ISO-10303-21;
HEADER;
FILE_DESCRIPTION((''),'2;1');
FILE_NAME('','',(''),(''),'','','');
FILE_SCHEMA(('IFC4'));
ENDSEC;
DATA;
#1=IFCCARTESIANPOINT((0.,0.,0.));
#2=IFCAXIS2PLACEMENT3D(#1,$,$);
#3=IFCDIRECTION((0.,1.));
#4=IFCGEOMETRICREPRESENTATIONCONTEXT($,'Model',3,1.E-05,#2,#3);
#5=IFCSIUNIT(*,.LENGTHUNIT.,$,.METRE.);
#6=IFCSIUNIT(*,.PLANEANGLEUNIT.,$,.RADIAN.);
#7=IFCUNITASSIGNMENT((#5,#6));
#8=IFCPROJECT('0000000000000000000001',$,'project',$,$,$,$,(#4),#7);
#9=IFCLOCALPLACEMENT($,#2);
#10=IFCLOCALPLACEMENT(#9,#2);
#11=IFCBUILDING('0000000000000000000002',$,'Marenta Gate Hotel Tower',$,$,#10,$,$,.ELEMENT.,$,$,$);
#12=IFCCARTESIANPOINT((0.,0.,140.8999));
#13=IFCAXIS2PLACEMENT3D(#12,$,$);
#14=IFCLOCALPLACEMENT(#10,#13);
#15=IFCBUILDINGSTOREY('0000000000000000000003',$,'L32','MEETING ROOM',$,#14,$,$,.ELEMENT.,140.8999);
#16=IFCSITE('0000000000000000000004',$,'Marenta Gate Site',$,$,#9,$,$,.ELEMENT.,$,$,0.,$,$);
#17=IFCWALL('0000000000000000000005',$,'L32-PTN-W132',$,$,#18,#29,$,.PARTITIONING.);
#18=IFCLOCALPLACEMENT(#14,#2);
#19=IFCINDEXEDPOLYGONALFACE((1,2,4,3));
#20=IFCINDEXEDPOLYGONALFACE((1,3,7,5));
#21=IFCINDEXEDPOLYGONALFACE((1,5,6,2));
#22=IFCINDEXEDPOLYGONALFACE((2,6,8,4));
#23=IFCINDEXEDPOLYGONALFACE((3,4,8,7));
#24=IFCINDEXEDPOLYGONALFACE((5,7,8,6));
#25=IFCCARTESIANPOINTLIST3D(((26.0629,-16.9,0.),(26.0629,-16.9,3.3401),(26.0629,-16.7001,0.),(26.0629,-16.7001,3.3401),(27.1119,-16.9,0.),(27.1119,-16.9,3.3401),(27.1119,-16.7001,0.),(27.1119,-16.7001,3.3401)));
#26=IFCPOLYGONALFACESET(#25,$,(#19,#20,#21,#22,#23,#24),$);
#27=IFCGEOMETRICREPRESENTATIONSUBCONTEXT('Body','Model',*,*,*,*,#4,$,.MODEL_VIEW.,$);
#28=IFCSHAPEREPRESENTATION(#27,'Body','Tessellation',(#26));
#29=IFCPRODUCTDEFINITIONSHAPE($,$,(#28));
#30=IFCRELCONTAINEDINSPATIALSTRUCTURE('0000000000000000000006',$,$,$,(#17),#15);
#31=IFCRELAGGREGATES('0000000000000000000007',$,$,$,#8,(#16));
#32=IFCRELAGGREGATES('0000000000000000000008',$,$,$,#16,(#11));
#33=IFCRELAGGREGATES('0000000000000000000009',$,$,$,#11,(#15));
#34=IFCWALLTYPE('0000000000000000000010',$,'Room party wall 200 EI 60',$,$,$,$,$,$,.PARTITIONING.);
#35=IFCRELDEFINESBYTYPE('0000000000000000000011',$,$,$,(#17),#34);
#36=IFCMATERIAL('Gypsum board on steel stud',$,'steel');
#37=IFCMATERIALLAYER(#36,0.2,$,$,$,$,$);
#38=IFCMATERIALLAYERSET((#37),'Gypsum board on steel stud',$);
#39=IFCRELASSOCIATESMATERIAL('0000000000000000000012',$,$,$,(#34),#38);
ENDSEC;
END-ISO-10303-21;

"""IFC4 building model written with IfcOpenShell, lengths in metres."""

from ifc_helpers import new_model, si_unit, direction, frame, frame_2d, origin, place, context, subcontext, project, spatial, rectangle, extrude, material, layer, layer_set, type_object, element, save


model = new_model("IFC4")

# Units and contexts
model_context = context("Model", 3, precision=1e-05, world=origin(), true_north=direction((0.0, 1.0)))
body_context = subcontext(model_context, "Body", "Model", "MODEL_VIEW")
ifc_project = project(units=[si_unit("LENGTHUNIT", "METRE"), si_unit("PLANEANGLEUNIT", "RADIAN")], contexts=[model_context])

# Site, building, storey
site_placement = place(None, origin())
site = spatial("IfcSite", under=ifc_project, at=site_placement, Name="Marenta Gate Site", CompositionType="ELEMENT", RefElevation=0.0)
building_placement = place(site_placement, origin())
building = spatial("IfcBuilding", under=site, at=building_placement, Name="Marenta Gate Hotel Tower", CompositionType="ELEMENT")
storey_placement = place(building_placement, frame((0.0, 0.0, 140.8999)))
storey = spatial("IfcBuildingStorey", under=building, at=storey_placement, Name="L32", Description="MEETING ROOM", CompositionType="ELEMENT", Elevation=140.8999)

# Wall
ifc_material_1 = material(Name="Gypsum board on steel stud", Category="steel")
ifc_layer_1 = layer(ifc_material_1, 0.2)
ifc_layer_set_1 = layer_set([ifc_layer_1], Name="Gypsum board on steel stud")
wall_type_1 = type_object("IfcWallType", Name="Room party wall 200 EI 60", PredefinedType="PARTITIONING", material=ifc_layer_set_1)
wall_1_placement = place(storey_placement, frame((26.063, -16.8, 0.0), z_axis=(0.0, 0.0, 1.0), x_axis=(1.0, 0.0, 0.0)))
element("IfcWall", 1, at=wall_1_placement, inside=storey, type_object=wall_type_1, Name="L32-PTN-W132", PredefinedType="PARTITIONING", context=body_context, shape_type="SweptSolid", body=[
    extrude(rectangle(XDim=1.0491, YDim=0.2, at=frame_2d((0.5244, 0.0))), origin(), (0.0, 0.0, 1.0), 3.3401),
])

save(model, "model.ifc")
